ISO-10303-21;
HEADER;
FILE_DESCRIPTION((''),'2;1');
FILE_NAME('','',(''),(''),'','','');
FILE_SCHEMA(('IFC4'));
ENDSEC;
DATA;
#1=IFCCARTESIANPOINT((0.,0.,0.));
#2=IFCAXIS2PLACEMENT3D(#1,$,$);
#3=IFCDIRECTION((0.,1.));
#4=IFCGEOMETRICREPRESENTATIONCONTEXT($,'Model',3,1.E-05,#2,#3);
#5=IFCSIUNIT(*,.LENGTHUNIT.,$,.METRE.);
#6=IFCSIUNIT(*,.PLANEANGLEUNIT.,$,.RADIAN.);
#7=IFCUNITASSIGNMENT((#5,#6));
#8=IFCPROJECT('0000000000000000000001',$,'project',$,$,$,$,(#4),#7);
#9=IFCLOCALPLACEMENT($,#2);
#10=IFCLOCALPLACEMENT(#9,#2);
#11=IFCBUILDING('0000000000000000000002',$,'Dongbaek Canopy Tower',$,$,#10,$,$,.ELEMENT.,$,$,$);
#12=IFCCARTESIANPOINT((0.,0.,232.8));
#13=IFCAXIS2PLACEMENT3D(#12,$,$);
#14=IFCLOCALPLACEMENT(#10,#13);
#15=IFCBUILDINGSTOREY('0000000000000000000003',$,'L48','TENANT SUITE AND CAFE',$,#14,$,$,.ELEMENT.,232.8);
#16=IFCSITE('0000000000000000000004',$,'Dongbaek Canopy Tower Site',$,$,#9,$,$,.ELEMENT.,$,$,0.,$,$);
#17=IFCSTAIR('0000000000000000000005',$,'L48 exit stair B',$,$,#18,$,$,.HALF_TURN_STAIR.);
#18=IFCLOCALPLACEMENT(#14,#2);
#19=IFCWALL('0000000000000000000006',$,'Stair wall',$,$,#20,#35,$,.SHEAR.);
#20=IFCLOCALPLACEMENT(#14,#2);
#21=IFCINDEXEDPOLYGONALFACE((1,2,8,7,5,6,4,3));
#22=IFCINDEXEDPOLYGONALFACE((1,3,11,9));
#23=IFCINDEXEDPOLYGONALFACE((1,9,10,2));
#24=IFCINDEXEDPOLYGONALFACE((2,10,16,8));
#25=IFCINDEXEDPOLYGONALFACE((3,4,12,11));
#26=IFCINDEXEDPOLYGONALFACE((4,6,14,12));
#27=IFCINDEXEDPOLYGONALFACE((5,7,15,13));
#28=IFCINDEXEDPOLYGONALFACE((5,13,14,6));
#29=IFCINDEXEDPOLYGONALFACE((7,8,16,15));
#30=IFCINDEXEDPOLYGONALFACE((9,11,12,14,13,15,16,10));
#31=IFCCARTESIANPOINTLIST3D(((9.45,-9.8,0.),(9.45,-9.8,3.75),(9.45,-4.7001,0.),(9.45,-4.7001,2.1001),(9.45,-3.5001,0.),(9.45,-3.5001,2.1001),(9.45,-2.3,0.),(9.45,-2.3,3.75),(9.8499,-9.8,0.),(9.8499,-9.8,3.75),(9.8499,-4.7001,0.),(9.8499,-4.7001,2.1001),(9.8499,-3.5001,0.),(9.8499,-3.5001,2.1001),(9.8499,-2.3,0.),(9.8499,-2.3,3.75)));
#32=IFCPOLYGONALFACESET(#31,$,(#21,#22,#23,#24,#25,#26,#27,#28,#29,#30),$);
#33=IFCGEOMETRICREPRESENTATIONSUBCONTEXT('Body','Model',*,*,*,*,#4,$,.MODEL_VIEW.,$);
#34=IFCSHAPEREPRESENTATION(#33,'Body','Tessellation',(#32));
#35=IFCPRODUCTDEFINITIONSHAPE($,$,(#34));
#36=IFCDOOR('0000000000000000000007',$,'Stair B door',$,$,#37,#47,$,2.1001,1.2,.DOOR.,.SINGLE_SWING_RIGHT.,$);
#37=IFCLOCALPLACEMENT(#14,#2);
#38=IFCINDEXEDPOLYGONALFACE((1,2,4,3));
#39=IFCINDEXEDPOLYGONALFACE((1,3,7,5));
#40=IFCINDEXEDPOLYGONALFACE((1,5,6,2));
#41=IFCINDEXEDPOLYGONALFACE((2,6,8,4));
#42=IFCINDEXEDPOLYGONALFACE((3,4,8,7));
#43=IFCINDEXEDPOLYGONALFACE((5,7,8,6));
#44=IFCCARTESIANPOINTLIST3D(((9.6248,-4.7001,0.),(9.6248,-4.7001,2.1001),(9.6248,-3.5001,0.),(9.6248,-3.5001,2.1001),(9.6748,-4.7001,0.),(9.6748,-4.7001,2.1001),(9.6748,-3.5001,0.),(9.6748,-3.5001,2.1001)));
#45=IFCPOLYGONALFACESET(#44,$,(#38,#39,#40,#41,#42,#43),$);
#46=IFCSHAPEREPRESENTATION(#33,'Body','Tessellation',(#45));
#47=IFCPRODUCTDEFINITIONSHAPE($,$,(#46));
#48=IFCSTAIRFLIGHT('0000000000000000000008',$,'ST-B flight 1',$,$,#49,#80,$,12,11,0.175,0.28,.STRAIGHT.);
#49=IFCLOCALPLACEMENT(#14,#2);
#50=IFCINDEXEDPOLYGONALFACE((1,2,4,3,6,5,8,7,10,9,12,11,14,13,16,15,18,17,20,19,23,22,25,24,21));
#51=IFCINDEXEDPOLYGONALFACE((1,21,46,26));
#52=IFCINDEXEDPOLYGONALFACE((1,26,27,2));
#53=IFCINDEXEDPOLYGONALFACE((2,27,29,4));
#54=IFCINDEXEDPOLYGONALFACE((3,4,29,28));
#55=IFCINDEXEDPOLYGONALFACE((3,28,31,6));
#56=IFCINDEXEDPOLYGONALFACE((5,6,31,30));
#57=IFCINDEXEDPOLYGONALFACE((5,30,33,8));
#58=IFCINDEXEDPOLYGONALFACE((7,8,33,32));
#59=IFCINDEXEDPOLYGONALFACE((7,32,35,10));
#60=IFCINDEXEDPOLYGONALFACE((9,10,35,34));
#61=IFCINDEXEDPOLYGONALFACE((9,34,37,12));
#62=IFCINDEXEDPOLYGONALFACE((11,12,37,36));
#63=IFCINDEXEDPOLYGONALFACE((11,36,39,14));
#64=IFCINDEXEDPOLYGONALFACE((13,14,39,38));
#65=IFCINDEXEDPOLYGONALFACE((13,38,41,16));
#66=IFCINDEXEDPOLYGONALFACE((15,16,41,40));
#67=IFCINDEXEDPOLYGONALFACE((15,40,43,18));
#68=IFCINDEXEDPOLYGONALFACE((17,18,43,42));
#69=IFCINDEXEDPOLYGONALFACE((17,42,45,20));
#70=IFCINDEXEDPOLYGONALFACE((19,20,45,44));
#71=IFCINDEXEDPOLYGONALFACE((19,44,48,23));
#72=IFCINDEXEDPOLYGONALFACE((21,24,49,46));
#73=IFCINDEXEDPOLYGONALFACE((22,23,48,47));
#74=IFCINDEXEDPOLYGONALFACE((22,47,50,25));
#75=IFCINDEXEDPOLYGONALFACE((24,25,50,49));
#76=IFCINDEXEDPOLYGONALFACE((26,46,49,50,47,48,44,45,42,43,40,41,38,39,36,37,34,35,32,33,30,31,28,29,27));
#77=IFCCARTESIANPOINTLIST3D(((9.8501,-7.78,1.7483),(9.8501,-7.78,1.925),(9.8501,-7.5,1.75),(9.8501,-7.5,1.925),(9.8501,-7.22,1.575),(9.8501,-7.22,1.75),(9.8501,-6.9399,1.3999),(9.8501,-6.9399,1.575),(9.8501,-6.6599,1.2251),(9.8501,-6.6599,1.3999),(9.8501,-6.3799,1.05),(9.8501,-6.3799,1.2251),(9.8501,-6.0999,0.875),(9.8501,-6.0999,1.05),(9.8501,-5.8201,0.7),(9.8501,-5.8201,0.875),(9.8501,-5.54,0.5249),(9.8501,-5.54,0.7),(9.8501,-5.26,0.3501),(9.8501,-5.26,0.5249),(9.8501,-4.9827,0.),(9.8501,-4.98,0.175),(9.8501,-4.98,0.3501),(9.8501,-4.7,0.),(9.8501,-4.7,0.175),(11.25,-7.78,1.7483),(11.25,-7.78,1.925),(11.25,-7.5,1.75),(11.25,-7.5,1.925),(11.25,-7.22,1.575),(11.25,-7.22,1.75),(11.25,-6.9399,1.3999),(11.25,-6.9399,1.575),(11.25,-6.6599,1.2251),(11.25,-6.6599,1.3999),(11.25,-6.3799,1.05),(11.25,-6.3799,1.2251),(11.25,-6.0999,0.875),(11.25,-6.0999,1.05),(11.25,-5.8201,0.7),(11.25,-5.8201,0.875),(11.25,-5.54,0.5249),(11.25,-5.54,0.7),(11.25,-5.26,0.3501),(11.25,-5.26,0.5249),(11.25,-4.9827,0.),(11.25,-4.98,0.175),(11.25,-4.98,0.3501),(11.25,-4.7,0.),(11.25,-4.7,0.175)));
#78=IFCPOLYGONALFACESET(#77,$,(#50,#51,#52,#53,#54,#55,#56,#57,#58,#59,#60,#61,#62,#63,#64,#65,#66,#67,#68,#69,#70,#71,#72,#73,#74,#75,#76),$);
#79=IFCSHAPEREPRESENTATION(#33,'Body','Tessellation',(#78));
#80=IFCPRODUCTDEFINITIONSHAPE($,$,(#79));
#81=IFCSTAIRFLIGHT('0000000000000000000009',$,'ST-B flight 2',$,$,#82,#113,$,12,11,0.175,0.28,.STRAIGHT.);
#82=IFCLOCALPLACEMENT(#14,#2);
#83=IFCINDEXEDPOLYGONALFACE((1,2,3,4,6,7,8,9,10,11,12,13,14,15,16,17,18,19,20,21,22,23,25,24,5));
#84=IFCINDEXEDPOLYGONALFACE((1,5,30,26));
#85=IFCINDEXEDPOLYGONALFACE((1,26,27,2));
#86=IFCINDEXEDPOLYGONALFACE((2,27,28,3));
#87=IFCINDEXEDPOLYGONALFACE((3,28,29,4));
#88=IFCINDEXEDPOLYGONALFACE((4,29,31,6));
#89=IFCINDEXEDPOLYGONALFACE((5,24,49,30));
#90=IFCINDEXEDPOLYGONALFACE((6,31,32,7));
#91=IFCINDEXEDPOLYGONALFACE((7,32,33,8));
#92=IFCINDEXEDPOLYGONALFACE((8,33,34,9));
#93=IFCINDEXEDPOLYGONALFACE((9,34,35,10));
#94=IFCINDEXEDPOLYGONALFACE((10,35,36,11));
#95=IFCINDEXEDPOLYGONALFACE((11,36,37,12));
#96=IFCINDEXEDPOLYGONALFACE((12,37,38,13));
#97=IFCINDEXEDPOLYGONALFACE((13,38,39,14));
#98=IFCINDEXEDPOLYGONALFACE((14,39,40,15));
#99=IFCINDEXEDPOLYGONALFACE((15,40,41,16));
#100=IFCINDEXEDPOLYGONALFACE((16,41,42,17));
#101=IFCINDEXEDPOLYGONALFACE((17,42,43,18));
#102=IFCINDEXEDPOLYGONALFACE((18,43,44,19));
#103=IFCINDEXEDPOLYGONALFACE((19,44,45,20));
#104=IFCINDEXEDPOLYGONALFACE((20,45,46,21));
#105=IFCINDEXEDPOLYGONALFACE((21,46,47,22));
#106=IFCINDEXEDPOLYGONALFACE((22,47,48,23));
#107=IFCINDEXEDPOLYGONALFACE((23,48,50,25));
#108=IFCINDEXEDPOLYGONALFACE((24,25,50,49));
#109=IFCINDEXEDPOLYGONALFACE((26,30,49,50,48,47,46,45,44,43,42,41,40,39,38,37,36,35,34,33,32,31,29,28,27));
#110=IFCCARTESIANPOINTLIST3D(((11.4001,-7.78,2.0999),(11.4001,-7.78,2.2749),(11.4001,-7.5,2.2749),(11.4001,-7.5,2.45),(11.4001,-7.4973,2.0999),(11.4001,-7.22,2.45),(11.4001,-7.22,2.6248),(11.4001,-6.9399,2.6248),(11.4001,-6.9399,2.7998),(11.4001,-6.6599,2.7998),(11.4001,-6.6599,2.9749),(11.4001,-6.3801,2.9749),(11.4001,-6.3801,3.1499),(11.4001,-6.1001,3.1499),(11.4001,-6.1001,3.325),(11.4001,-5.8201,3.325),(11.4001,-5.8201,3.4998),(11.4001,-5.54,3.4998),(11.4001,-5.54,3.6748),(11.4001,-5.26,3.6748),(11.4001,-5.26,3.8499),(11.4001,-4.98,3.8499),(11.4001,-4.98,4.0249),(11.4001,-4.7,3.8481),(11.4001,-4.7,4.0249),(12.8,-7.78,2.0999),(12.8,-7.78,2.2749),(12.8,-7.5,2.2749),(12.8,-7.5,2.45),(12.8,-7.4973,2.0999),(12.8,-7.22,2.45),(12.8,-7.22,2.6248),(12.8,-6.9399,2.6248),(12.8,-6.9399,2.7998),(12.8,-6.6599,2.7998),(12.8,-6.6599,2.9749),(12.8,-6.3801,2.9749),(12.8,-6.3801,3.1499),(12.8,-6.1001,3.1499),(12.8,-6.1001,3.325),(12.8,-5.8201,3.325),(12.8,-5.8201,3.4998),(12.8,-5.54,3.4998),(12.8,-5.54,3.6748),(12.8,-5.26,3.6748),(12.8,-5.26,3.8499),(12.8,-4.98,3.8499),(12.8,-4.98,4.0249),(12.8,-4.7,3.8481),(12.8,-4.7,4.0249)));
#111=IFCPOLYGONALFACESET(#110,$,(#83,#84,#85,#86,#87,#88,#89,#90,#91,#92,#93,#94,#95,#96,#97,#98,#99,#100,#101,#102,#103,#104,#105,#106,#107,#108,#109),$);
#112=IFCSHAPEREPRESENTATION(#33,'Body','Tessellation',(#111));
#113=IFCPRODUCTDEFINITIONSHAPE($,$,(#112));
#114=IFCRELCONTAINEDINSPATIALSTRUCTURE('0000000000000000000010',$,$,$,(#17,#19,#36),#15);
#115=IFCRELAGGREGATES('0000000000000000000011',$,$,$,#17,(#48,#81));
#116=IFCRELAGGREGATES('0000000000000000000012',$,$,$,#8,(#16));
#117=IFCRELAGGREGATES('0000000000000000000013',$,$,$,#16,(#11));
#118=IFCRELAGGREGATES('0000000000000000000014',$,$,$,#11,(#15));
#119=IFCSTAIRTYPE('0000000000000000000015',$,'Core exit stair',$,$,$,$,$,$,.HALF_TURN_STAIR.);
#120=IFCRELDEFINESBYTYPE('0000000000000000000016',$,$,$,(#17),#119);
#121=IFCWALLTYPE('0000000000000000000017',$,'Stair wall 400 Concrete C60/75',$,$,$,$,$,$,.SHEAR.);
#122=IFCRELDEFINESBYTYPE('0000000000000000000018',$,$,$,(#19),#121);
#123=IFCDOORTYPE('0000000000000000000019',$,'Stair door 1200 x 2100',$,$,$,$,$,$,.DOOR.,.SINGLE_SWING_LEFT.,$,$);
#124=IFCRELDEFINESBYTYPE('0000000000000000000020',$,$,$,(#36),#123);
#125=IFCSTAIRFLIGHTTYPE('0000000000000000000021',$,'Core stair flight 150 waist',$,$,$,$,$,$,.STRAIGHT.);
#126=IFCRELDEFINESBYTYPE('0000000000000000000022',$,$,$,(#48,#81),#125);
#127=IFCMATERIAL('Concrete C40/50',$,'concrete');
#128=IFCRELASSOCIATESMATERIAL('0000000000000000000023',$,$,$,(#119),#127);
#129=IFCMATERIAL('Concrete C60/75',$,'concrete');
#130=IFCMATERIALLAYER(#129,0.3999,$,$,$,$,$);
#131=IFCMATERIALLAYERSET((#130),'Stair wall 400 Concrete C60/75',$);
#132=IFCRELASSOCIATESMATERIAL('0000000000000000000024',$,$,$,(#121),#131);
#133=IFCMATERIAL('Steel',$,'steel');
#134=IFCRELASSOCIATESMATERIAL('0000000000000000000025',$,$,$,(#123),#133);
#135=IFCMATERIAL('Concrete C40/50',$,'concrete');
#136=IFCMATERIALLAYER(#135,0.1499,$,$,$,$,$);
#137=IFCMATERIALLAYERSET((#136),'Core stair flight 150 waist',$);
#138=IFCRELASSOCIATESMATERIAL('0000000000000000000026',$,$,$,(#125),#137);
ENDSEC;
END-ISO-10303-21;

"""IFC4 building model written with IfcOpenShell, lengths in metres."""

from ifc_helpers import new_model, si_unit, direction, frame, frame_2d, origin, place, context, subcontext, project, spatial, polyline, rectangle, outline, extrude, material, layer, layer_set, type_object, element, fill, aggregate, save


model = new_model("IFC4")

# Units and contexts
model_context = context("Model", 3, precision=1e-05, world=origin(), true_north=direction((0.0, 1.0)))
body_context = subcontext(model_context, "Body", "Model", "MODEL_VIEW")
ifc_project = project(units=[si_unit("LENGTHUNIT", "METRE"), si_unit("PLANEANGLEUNIT", "RADIAN")], contexts=[model_context])

# Site, building, storey
site_placement = place(None, origin())
site = spatial("IfcSite", under=ifc_project, at=site_placement, Name="Dongbaek Canopy Tower Site", CompositionType="ELEMENT", RefElevation=0.0)
building_placement = place(site_placement, origin())
building = spatial("IfcBuilding", under=site, at=building_placement, Name="Dongbaek Canopy Tower", CompositionType="ELEMENT")
storey_placement = place(building_placement, frame((0.0, 0.0, 232.8)))
storey = spatial("IfcBuildingStorey", under=building, at=storey_placement, Name="L48", Description="TENANT SUITE AND CAFE", CompositionType="ELEMENT", Elevation=232.8)

# Stair
ifc_material_1 = material(Name="Concrete C40/50", Category="concrete")
stair_type = type_object("IfcStairType", Name="Core exit stair", PredefinedType="HALF_TURN_STAIR", material=ifc_material_1)
stair_1_placement = place(storey_placement, origin())
stair_1 = element("IfcStair", 1, at=stair_1_placement, inside=storey, type_object=stair_type, Name="L48 exit stair B", PredefinedType="HALF_TURN_STAIR")

# Wall, opening, door
ifc_material_2 = material(Name="Concrete C60/75", Category="concrete")
ifc_layer_1 = layer(ifc_material_2, 0.3999)
ifc_layer_set_1 = layer_set([ifc_layer_1], Name="Stair wall 400 Concrete C60/75")
wall_type_1 = type_object("IfcWallType", Name="Stair wall 400 Concrete C60/75", PredefinedType="SHEAR", material=ifc_layer_set_1)
wall_1_placement = place(storey_placement, frame((9.6499, -2.3, 0.0), z_axis=(0.0, 0.0, 1.0), x_axis=(0.0, -1.0, 0.0)))
wall_1 = element("IfcWall", 2, at=wall_1_placement, inside=storey, type_object=wall_type_1, Name="Stair wall", PredefinedType="SHEAR", context=body_context, shape_type="SweptSolid", body=[
    extrude(rectangle(XDim=7.5, YDim=0.3999, at=frame_2d((3.75, 0.0))), origin(), (0.0, 0.0, 1.0), 3.75),
])
opening_1_placement = place(wall_1_placement, frame((1.2, 0.0, 0.0)))
opening_1 = element("IfcOpeningElement", 3, at=opening_1_placement, cuts=wall_1, PredefinedType="OPENING", context=body_context, shape_type="SweptSolid", body=[
    extrude(rectangle(XDim=1.2, YDim=2.1001, at=frame_2d((0.6001, 1.05))), frame((0.0, 0.21, 0.0), z_axis=(0.0, -1.0, 0.0), x_axis=(1.0, 0.0, 0.0)), (0.0, 0.0, 1.0), 0.4199),
])
ifc_material_3 = material(Name="Steel", Category="steel")
door_type_1 = type_object("IfcDoorType", Name="Stair door 1200 x 2100", OperationType="SINGLE_SWING_LEFT", PredefinedType="DOOR", material=ifc_material_3)
door_1_placement = place(opening_1_placement, origin())
door_1 = element("IfcDoor", 4, at=door_1_placement, inside=storey, type_object=door_type_1, Name="Stair B door", OperationType="SINGLE_SWING_RIGHT", OverallHeight=2.1001, OverallWidth=1.2, PredefinedType="DOOR", context=body_context, shape_type="SweptSolid", body=[
    extrude(rectangle(XDim=1.2, YDim=2.1001, at=frame_2d((0.6001, 1.05))), frame((0.0, 0.0249, 0.0), z_axis=(0.0, -1.0, 0.0), x_axis=(1.0, 0.0, 0.0)), (0.0, 0.0, 1.0), 0.05),
])
fill(opening_1, door_1)

# Stair flights
ifc_material_4 = material(Name="Concrete C40/50", Category="concrete")
ifc_layer_2 = layer(ifc_material_4, 0.1499)
ifc_layer_set_2 = layer_set([ifc_layer_2], Name="Core stair flight 150 waist")
stair_flight_type = type_object("IfcStairFlightType", Name="Core stair flight 150 waist", PredefinedType="STRAIGHT", material=ifc_layer_set_2)
stair_flight_1_placement = place(storey_placement, frame((10.55, -4.7, 0.0), z_axis=(0.0, 0.0, 1.0), x_axis=(0.0, -1.0, 0.0)))
stair_flight_1 = element("IfcStairFlight", 5, at=stair_flight_1_placement, type_object=stair_flight_type, Name="ST-B flight 1", NumberOfRisers=12, NumberOfTreads=11, PredefinedType="STRAIGHT", RiserHeight=0.175, TreadLength=0.28, context=body_context, shape_type="SweptSolid", body=[
    extrude(outline(polyline([(0.0, 0.0), (0.0, 0.175), (0.28, 0.175), (0.28, 0.3501), (0.5601, 0.3501), (0.5601, 0.5249), (0.8401, 0.5249), (0.8401, 0.7), (1.1201, 0.7), (1.1201, 0.875), (1.3999, 0.875), (1.3999, 1.05), (1.6799, 1.05), (1.6799, 1.2251), (1.96, 1.2251), (1.96, 1.3999), (2.24, 1.3999), (2.24, 1.575), (2.52, 1.575), (2.52, 1.75), (2.8, 1.75), (2.8, 1.925), (3.0801, 1.925), (3.0801, 2.1001), (3.0801, 1.7483), (0.2827, 0.0), (0.0, 0.0)])), frame((0.0, 0.7, 0.0), z_axis=(0.0, -1.0, 0.0), x_axis=(1.0, 0.0, 0.0)), (0.0, 0.0, 1.0), 1.3999),
])
stair_flight_2_placement = place(storey_placement, frame((12.1001, -7.78, 2.0999), z_axis=(0.0, 0.0, 1.0), x_axis=(0.0, 1.0, 0.0)))
stair_flight_2 = element("IfcStairFlight", 6, at=stair_flight_2_placement, type_object=stair_flight_type, Name="ST-B flight 2", NumberOfRisers=12, NumberOfTreads=11, PredefinedType="STRAIGHT", RiserHeight=0.175, TreadLength=0.28, context=body_context, shape_type="SweptSolid", body=[
    extrude(outline(polyline([(0.0, 0.0), (0.0, 0.175), (0.28, 0.175), (0.28, 0.3501), (0.5601, 0.3501), (0.5601, 0.5249), (0.8401, 0.5249), (0.8401, 0.7), (1.1201, 0.7), (1.1201, 0.875), (1.3999, 0.875), (1.3999, 1.05), (1.6799, 1.05), (1.6799, 1.2251), (1.96, 1.2251), (1.96, 1.3999), (2.24, 1.3999), (2.24, 1.575), (2.52, 1.575), (2.52, 1.75), (2.8, 1.75), (2.8, 1.925), (3.0801, 1.925), (3.0801, 2.1001), (3.0801, 1.7483), (0.2827, 0.0), (0.0, 0.0)])), frame((0.0, 0.7, 0.0), z_axis=(0.0, -1.0, 0.0), x_axis=(1.0, 0.0, 0.0)), (0.0, 0.0, 1.0), 1.3999),
])
aggregate(stair_1, [stair_flight_1, stair_flight_2])

save(model, "model.ifc")
